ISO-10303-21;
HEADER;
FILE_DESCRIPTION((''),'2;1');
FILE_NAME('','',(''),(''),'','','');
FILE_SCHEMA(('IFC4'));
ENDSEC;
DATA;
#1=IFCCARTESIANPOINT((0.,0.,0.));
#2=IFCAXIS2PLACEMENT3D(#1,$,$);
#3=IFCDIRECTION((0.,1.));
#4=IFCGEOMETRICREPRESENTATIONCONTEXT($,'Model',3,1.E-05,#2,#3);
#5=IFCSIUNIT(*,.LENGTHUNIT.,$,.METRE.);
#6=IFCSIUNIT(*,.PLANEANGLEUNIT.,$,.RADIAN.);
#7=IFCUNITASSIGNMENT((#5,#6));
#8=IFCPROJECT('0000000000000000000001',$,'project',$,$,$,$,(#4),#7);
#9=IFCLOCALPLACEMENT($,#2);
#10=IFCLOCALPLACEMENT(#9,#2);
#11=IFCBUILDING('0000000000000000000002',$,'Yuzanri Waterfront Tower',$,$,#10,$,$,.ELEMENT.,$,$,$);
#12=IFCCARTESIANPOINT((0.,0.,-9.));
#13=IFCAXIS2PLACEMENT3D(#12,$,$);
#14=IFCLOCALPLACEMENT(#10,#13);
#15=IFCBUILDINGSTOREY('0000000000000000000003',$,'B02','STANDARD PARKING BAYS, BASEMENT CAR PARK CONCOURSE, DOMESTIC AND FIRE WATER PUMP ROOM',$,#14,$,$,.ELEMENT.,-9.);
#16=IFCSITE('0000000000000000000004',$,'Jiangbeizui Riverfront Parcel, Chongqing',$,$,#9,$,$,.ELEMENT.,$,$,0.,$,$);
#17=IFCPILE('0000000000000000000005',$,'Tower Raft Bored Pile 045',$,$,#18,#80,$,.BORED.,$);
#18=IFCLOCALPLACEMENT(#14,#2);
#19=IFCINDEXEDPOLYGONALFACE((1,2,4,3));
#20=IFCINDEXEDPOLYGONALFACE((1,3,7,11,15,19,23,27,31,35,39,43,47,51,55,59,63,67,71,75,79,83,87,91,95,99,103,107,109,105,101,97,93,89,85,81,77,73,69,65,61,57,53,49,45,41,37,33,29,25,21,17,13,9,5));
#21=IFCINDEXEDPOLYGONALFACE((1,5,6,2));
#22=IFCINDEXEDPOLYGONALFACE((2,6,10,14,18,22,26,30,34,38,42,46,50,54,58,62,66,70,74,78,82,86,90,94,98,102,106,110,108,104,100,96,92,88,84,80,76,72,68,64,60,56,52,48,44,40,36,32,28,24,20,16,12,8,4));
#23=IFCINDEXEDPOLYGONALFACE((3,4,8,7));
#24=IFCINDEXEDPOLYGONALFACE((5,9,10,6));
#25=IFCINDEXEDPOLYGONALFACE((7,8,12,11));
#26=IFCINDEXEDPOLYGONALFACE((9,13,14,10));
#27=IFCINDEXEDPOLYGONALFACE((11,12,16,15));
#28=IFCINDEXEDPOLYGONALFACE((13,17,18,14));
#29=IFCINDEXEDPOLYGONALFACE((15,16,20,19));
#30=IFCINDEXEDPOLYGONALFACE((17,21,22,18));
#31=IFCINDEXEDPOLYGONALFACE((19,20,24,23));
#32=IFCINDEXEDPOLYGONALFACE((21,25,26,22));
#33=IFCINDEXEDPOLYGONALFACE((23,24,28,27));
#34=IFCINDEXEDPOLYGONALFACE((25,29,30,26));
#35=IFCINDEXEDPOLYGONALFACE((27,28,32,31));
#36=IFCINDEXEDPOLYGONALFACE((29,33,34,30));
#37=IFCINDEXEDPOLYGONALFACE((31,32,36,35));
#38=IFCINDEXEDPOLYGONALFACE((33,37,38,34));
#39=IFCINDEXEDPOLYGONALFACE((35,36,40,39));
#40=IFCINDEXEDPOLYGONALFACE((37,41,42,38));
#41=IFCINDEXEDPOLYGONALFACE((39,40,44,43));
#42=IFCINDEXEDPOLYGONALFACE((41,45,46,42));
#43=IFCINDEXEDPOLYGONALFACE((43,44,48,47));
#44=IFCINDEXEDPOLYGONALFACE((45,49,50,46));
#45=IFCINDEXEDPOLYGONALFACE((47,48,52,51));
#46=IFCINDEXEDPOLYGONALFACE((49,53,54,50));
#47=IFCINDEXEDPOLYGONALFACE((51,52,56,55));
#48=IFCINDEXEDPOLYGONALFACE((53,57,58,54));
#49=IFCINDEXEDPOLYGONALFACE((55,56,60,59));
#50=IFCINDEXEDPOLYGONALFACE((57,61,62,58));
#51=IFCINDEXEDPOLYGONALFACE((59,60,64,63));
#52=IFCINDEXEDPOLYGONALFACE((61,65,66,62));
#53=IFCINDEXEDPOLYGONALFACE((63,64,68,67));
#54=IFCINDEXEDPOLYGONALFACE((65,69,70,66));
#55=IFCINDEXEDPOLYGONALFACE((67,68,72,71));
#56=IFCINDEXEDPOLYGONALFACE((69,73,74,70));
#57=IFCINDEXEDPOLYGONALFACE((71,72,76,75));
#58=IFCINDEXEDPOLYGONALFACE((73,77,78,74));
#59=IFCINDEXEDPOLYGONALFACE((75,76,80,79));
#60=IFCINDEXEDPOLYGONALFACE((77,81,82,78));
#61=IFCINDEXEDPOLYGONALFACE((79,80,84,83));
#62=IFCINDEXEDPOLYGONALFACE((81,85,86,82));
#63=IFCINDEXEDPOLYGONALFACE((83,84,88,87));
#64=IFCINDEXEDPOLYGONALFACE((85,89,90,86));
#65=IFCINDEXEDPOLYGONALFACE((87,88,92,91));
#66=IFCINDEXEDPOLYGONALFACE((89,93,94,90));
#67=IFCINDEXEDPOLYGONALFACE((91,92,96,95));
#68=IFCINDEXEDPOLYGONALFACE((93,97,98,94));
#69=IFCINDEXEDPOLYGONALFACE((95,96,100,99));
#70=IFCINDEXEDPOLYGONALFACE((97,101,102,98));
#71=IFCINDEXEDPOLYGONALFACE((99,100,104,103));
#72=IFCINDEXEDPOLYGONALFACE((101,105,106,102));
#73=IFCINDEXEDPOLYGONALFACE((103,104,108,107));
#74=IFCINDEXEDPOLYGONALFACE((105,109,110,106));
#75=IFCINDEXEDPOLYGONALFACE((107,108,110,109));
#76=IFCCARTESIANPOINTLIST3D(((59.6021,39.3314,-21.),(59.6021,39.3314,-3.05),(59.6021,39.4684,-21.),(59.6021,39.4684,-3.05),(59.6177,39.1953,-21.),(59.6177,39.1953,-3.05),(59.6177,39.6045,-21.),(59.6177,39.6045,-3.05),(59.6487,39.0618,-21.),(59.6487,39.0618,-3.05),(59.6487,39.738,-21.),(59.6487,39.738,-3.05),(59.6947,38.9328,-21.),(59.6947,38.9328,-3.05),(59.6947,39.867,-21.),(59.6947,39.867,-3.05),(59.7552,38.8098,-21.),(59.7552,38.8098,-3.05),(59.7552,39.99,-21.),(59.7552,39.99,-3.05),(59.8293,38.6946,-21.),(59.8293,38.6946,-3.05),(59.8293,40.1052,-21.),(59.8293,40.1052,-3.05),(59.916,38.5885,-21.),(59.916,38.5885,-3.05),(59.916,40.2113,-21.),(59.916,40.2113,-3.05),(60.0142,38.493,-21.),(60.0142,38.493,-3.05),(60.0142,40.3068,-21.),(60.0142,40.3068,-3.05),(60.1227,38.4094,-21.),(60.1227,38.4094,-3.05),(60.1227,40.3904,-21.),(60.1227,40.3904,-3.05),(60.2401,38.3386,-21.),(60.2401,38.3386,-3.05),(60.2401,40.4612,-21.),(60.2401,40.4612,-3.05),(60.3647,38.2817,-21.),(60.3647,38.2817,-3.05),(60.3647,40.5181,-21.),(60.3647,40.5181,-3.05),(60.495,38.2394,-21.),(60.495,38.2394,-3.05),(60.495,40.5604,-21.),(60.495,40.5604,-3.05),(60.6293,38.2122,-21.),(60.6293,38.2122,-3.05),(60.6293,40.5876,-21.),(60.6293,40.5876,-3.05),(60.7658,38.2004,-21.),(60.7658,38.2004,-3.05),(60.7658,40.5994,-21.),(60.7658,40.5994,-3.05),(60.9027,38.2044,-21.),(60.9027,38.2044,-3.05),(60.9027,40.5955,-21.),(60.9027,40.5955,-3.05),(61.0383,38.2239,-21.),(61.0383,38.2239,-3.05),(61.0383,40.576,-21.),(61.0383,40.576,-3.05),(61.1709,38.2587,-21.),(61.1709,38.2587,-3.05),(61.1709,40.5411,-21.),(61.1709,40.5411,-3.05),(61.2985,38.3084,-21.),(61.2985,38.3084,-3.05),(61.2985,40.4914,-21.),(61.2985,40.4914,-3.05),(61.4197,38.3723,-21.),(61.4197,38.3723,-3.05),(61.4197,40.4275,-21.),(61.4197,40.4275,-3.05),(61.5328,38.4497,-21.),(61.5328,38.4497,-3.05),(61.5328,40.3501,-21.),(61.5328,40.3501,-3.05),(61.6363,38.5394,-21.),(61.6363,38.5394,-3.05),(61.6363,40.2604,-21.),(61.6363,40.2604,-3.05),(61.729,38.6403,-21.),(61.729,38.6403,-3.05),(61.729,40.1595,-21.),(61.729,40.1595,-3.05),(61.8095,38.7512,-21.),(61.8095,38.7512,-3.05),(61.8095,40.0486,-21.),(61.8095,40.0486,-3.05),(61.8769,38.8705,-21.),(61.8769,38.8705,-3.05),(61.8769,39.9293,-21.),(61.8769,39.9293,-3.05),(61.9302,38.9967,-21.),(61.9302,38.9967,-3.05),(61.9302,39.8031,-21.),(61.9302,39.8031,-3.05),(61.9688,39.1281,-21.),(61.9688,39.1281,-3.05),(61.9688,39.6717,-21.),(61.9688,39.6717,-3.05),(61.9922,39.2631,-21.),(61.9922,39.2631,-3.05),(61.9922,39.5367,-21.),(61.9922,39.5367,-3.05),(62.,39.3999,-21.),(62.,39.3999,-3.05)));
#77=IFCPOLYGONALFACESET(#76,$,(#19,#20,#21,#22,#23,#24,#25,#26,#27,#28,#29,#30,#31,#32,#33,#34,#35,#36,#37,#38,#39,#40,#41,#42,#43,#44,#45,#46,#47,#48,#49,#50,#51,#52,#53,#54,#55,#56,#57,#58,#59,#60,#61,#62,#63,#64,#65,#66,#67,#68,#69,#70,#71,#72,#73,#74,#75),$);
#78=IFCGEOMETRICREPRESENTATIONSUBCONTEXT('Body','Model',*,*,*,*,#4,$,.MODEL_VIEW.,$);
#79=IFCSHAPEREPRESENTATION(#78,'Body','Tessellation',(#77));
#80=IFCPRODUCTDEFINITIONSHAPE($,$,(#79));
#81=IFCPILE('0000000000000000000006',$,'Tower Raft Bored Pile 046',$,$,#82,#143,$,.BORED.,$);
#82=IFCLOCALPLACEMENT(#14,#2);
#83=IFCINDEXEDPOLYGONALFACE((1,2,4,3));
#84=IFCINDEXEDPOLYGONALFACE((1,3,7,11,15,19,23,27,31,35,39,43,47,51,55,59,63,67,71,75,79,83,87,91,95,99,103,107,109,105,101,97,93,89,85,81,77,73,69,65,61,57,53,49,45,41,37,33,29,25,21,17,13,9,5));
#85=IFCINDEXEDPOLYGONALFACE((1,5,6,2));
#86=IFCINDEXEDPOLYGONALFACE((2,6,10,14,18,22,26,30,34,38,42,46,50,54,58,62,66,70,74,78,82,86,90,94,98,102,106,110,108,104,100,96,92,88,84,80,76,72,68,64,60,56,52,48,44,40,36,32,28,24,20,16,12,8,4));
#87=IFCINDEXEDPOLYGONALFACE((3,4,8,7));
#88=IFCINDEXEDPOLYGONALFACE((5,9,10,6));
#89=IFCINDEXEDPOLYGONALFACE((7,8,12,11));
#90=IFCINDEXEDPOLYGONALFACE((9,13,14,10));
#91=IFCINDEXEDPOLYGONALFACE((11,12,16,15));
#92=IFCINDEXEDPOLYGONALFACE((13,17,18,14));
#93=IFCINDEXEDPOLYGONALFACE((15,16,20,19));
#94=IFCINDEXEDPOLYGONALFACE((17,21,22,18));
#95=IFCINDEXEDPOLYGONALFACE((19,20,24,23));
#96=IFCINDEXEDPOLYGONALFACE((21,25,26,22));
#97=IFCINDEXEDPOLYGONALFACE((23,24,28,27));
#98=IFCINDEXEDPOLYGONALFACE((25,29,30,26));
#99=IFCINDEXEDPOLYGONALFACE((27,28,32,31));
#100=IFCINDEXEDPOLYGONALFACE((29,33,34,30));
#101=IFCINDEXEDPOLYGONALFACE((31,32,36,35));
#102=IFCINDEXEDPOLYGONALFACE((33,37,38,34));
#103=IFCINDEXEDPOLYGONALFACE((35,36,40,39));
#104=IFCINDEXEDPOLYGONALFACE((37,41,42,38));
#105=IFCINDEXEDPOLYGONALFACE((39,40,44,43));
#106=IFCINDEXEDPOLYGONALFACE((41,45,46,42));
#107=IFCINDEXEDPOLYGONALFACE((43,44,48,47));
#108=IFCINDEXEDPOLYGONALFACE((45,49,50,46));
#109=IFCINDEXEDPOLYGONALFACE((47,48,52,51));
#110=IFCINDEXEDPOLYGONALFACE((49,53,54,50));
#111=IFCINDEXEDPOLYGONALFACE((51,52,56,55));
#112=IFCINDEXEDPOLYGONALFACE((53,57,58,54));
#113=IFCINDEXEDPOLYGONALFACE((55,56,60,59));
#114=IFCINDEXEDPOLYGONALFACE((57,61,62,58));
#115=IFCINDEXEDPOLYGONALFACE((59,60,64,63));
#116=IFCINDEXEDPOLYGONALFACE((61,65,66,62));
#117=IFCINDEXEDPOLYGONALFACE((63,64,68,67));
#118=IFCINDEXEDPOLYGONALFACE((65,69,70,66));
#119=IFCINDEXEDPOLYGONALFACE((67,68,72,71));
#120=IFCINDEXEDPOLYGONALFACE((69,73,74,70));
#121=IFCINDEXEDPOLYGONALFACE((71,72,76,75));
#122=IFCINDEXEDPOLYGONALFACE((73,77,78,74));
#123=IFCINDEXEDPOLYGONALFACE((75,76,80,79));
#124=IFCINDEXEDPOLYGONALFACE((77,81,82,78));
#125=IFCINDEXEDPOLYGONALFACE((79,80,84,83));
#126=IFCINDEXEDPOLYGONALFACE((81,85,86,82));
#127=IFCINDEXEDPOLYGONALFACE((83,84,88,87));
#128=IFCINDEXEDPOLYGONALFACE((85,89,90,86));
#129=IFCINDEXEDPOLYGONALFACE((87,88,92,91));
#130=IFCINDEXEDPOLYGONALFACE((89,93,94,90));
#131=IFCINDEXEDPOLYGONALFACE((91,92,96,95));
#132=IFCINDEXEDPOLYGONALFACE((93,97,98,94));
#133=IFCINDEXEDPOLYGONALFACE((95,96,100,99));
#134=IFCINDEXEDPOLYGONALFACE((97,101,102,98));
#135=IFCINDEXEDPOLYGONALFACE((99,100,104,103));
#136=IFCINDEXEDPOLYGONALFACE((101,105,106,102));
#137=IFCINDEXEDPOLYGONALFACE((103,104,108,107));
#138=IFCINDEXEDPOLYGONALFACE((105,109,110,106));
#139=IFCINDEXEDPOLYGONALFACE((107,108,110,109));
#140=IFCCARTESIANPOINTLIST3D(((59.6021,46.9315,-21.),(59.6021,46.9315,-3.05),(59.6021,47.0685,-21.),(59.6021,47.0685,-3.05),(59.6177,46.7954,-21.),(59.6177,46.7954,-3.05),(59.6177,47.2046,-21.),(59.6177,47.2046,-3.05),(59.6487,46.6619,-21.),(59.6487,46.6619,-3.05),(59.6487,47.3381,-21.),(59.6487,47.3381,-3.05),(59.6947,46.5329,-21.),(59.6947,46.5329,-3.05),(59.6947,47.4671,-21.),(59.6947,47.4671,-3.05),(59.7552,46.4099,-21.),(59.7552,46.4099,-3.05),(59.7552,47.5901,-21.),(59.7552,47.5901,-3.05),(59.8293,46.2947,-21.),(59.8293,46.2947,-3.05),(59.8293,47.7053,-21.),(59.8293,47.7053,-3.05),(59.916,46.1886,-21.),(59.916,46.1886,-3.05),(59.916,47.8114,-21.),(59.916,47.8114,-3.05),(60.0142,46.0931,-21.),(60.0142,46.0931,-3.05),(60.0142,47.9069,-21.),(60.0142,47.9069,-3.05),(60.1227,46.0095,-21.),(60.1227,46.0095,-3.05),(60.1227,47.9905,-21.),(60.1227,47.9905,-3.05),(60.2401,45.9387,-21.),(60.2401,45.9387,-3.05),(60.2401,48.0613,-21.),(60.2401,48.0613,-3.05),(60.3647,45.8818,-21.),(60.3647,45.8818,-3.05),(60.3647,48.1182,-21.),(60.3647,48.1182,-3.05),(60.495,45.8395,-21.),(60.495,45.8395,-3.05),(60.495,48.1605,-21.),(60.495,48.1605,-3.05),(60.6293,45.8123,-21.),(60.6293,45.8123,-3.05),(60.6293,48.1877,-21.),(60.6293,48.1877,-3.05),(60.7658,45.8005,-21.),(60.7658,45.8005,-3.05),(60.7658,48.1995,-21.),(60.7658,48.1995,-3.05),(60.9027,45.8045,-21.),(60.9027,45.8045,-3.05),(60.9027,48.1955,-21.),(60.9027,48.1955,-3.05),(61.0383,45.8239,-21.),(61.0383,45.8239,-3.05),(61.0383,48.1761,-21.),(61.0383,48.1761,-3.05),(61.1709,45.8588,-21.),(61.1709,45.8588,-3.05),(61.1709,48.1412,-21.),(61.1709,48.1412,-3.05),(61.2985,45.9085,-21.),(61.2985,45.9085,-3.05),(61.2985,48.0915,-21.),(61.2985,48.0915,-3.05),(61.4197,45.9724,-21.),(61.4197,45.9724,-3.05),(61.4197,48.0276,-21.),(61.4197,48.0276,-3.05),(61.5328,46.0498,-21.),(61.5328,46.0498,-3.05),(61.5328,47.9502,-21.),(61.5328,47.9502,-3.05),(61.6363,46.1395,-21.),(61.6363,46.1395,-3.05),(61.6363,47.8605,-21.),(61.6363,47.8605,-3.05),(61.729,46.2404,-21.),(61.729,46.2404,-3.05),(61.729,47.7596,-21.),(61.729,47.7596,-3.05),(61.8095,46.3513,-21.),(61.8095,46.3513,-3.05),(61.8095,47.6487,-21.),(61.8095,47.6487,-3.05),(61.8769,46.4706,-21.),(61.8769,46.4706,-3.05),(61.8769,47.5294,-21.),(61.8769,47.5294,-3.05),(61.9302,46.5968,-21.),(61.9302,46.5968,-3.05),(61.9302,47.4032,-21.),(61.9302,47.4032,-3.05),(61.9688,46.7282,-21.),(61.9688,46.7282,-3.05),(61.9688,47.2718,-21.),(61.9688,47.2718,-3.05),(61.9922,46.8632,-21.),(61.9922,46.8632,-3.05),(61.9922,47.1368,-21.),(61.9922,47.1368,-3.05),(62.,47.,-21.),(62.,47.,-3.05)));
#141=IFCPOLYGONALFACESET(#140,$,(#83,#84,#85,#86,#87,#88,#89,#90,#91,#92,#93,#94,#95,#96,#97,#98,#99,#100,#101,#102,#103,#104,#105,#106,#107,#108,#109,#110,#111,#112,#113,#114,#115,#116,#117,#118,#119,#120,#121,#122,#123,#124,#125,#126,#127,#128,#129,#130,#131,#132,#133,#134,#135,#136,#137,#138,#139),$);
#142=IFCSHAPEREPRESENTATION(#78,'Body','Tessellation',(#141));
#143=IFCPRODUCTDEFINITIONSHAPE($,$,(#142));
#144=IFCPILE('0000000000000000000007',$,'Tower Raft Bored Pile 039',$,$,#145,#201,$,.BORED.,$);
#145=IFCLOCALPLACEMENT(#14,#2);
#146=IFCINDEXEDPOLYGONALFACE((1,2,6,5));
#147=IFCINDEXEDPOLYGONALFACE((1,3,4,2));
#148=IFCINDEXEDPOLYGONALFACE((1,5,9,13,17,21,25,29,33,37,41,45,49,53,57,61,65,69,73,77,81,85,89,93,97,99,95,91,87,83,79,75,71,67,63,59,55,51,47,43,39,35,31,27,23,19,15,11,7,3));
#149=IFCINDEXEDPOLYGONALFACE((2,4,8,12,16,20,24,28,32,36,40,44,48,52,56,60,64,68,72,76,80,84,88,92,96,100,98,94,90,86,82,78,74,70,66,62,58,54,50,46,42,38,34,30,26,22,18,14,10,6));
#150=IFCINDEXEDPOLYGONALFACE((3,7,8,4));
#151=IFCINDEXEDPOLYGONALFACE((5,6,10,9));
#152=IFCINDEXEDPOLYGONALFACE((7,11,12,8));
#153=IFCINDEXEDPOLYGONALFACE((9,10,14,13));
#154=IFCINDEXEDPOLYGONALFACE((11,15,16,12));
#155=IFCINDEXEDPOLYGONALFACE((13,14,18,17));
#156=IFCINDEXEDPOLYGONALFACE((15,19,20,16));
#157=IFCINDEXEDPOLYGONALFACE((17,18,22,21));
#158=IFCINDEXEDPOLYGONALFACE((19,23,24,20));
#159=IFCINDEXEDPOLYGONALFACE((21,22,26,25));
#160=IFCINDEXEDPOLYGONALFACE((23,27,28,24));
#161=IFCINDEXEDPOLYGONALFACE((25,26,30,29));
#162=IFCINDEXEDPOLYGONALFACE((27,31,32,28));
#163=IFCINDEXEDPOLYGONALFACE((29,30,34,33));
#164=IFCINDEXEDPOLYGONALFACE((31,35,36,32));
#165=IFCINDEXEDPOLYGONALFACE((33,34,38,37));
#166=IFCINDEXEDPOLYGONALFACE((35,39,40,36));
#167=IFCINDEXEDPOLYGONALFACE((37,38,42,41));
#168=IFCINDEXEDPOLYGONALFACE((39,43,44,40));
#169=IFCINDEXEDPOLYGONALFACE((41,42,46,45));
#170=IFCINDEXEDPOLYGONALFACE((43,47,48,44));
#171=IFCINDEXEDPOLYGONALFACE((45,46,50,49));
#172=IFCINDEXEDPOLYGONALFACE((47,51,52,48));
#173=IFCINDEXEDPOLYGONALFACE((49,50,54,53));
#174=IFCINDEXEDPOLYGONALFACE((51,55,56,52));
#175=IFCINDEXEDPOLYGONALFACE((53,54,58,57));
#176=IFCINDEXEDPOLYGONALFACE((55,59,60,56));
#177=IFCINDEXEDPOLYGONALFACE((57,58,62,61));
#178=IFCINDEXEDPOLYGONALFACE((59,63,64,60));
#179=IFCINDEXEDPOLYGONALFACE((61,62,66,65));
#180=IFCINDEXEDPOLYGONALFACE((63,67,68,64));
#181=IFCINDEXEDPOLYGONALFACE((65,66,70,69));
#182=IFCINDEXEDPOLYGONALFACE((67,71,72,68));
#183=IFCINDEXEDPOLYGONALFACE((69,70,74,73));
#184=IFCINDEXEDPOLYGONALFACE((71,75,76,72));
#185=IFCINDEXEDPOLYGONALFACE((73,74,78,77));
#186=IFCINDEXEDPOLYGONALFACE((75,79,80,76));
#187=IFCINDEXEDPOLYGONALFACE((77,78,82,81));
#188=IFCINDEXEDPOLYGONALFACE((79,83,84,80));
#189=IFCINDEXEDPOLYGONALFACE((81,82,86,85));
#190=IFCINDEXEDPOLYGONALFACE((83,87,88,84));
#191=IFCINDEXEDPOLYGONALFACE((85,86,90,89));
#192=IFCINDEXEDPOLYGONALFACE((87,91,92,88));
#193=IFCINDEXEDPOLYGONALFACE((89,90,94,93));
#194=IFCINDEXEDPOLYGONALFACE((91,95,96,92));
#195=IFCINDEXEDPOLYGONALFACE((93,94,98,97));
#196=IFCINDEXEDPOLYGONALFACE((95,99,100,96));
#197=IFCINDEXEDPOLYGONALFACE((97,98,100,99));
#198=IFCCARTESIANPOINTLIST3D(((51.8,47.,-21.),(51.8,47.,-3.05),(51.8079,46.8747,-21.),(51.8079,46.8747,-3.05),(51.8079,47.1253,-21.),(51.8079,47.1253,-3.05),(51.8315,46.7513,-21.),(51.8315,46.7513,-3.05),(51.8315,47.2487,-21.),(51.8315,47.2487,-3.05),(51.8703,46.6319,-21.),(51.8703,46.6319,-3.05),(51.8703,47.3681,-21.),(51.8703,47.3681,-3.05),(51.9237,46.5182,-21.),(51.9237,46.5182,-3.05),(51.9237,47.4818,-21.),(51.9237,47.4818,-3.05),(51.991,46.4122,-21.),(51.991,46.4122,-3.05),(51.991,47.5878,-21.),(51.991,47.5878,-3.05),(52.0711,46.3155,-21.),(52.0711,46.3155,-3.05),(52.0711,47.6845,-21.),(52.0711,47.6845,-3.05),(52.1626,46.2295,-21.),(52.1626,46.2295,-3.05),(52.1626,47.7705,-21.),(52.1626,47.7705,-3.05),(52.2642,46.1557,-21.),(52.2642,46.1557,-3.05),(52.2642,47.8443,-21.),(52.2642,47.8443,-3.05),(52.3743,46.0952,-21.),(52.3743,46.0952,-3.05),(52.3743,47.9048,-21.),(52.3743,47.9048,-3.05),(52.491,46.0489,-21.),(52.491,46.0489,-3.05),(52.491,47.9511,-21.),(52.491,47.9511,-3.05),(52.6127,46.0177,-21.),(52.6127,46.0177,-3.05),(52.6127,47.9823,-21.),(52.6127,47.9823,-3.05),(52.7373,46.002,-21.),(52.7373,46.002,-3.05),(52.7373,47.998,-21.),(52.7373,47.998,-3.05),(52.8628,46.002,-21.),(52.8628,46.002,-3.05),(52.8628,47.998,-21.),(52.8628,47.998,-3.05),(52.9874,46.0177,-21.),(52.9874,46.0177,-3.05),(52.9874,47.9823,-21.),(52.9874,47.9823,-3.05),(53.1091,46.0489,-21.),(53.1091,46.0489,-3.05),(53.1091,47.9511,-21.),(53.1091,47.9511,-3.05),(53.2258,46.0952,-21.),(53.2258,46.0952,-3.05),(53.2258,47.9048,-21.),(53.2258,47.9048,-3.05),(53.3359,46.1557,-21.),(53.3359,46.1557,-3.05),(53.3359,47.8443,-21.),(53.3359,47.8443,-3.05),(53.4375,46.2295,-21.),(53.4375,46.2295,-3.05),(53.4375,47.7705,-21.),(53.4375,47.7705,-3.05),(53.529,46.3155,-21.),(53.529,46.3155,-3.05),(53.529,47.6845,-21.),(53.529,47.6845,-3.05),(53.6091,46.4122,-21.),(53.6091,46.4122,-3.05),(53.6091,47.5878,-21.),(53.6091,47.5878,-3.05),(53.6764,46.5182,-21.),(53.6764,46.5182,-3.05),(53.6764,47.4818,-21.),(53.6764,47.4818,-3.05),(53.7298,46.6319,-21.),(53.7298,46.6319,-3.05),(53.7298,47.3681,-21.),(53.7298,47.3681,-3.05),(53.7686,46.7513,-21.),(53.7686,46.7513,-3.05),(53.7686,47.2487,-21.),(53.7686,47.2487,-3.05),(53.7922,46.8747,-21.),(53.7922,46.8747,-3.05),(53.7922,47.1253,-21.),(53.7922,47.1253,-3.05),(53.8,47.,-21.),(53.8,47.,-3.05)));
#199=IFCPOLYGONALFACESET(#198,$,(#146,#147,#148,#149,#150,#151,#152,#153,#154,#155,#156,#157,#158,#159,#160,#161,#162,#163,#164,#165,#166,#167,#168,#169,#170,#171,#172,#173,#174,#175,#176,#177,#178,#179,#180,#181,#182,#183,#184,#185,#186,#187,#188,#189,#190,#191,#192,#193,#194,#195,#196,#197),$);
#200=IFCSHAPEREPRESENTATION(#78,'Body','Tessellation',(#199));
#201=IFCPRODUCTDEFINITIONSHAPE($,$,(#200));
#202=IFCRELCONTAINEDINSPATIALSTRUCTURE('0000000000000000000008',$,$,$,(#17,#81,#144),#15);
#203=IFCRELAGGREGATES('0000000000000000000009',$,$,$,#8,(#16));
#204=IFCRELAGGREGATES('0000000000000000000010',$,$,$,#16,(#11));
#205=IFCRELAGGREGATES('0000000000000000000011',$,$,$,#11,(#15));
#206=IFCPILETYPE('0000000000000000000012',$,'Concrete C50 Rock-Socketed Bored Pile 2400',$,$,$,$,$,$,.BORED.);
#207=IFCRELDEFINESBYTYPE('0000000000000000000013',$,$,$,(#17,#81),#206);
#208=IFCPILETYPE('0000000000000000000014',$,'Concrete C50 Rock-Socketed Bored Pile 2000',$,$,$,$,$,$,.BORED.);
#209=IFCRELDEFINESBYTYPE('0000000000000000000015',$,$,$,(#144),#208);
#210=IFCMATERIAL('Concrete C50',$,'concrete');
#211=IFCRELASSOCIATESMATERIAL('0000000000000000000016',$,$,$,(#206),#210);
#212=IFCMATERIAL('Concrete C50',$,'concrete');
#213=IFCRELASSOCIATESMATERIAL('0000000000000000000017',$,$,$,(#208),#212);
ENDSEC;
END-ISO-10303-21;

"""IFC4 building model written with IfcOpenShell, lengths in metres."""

from ifc_helpers import new_model, si_unit, direction, frame, origin, origin_2d, place, context, subcontext, project, spatial, circle, extrude, source, transform, mapped, material, material_profile, profile_set, type_object, element, save


model = new_model("IFC4")

# Units and contexts
model_context = context("Model", 3, precision=1e-05, world=origin(), true_north=direction((0.0, 1.0)))
body_context = subcontext(model_context, "Body", "Model", "MODEL_VIEW")
ifc_project = project(units=[si_unit("LENGTHUNIT", "METRE"), si_unit("PLANEANGLEUNIT", "RADIAN")], contexts=[model_context])

# Site, building, storey
site_placement = place(None, origin())
site = spatial("IfcSite", under=ifc_project, at=site_placement, Name="Jiangbeizui Riverfront Parcel, Chongqing", CompositionType="ELEMENT", RefElevation=0.0)
building_placement = place(site_placement, origin())
building = spatial("IfcBuilding", under=site, at=building_placement, Name="Yuzanri Waterfront Tower", CompositionType="ELEMENT")
storey_placement = place(building_placement, frame((0.0, 0.0, -9.0)))
storey = spatial("IfcBuildingStorey", under=building, at=storey_placement, Name="B02", Description="STANDARD PARKING BAYS, BASEMENT CAR PARK CONCOURSE, DOMESTIC AND FIRE WATER PUMP ROOM", CompositionType="ELEMENT", Elevation=-9.0)

# Piles
ifc_material_1 = material(Name="Concrete C50", Category="concrete")
ifc_material_profile_1 = material_profile(ifc_material_1, circle(Radius=1.2, at=origin_2d()), Name="PILE D2400")
ifc_profile_set_1 = profile_set([ifc_material_profile_1], Name="Concrete C50")
pile_type_1 = type_object("IfcPileType", Name="Concrete C50 Rock-Socketed Bored Pile 2400", PredefinedType="BORED", material=ifc_profile_set_1)
shared_shape_1 = source(origin(), body_context, "Body", "SweptSolid", [
    extrude(circle(Radius=1.2, at=origin_2d()), origin(), (0.0, 0.0, 1.0), 17.95),
])
for number, where, z_axis, x_axis, name in (
    (1, (60.8, 39.3999, -3.05), (0.0, 0.0, -1.0), (1.0, 0.0, 0.0), "Tower Raft Bored Pile 045"),
    (2, (60.8, 47.0, -3.05), (0.0, 0.0, -1.0), (1.0, 0.0, 0.0), "Tower Raft Bored Pile 046"),
):
    element("IfcPile", number, at=place(storey_placement, frame(where, z_axis=z_axis, x_axis=x_axis)), inside=storey, type_object=pile_type_1, Name=name, PredefinedType="BORED", context=body_context, shape_type="MappedRepresentation", body=[
        mapped(shared_shape_1, transform((0.0, 0.0, 0.0), scale=1.0)),
    ])
ifc_material_2 = material(Name="Concrete C50", Category="concrete")
ifc_material_profile_2 = material_profile(ifc_material_2, circle(Radius=1.0, at=origin_2d()), Name="PILE D2000")
ifc_profile_set_2 = profile_set([ifc_material_profile_2], Name="Concrete C50")
pile_type_2 = type_object("IfcPileType", Name="Concrete C50 Rock-Socketed Bored Pile 2000", PredefinedType="BORED", material=ifc_profile_set_2)
shared_shape_2 = source(origin(), body_context, "Body", "SweptSolid", [
    extrude(circle(Radius=1.0, at=origin_2d()), origin(), (0.0, 0.0, 1.0), 17.95),
])
pile_placement = place(storey_placement, frame((52.8, 47.0, -3.05), z_axis=(0.0, 0.0, -1.0), x_axis=(1.0, 0.0, 0.0)))
element("IfcPile", 3, at=pile_placement, inside=storey, type_object=pile_type_2, Name="Tower Raft Bored Pile 039", PredefinedType="BORED", context=body_context, shape_type="MappedRepresentation", body=[
    mapped(shared_shape_2, transform((0.0, 0.0, 0.0), scale=1.0)),
])

save(model, "model.ifc")
